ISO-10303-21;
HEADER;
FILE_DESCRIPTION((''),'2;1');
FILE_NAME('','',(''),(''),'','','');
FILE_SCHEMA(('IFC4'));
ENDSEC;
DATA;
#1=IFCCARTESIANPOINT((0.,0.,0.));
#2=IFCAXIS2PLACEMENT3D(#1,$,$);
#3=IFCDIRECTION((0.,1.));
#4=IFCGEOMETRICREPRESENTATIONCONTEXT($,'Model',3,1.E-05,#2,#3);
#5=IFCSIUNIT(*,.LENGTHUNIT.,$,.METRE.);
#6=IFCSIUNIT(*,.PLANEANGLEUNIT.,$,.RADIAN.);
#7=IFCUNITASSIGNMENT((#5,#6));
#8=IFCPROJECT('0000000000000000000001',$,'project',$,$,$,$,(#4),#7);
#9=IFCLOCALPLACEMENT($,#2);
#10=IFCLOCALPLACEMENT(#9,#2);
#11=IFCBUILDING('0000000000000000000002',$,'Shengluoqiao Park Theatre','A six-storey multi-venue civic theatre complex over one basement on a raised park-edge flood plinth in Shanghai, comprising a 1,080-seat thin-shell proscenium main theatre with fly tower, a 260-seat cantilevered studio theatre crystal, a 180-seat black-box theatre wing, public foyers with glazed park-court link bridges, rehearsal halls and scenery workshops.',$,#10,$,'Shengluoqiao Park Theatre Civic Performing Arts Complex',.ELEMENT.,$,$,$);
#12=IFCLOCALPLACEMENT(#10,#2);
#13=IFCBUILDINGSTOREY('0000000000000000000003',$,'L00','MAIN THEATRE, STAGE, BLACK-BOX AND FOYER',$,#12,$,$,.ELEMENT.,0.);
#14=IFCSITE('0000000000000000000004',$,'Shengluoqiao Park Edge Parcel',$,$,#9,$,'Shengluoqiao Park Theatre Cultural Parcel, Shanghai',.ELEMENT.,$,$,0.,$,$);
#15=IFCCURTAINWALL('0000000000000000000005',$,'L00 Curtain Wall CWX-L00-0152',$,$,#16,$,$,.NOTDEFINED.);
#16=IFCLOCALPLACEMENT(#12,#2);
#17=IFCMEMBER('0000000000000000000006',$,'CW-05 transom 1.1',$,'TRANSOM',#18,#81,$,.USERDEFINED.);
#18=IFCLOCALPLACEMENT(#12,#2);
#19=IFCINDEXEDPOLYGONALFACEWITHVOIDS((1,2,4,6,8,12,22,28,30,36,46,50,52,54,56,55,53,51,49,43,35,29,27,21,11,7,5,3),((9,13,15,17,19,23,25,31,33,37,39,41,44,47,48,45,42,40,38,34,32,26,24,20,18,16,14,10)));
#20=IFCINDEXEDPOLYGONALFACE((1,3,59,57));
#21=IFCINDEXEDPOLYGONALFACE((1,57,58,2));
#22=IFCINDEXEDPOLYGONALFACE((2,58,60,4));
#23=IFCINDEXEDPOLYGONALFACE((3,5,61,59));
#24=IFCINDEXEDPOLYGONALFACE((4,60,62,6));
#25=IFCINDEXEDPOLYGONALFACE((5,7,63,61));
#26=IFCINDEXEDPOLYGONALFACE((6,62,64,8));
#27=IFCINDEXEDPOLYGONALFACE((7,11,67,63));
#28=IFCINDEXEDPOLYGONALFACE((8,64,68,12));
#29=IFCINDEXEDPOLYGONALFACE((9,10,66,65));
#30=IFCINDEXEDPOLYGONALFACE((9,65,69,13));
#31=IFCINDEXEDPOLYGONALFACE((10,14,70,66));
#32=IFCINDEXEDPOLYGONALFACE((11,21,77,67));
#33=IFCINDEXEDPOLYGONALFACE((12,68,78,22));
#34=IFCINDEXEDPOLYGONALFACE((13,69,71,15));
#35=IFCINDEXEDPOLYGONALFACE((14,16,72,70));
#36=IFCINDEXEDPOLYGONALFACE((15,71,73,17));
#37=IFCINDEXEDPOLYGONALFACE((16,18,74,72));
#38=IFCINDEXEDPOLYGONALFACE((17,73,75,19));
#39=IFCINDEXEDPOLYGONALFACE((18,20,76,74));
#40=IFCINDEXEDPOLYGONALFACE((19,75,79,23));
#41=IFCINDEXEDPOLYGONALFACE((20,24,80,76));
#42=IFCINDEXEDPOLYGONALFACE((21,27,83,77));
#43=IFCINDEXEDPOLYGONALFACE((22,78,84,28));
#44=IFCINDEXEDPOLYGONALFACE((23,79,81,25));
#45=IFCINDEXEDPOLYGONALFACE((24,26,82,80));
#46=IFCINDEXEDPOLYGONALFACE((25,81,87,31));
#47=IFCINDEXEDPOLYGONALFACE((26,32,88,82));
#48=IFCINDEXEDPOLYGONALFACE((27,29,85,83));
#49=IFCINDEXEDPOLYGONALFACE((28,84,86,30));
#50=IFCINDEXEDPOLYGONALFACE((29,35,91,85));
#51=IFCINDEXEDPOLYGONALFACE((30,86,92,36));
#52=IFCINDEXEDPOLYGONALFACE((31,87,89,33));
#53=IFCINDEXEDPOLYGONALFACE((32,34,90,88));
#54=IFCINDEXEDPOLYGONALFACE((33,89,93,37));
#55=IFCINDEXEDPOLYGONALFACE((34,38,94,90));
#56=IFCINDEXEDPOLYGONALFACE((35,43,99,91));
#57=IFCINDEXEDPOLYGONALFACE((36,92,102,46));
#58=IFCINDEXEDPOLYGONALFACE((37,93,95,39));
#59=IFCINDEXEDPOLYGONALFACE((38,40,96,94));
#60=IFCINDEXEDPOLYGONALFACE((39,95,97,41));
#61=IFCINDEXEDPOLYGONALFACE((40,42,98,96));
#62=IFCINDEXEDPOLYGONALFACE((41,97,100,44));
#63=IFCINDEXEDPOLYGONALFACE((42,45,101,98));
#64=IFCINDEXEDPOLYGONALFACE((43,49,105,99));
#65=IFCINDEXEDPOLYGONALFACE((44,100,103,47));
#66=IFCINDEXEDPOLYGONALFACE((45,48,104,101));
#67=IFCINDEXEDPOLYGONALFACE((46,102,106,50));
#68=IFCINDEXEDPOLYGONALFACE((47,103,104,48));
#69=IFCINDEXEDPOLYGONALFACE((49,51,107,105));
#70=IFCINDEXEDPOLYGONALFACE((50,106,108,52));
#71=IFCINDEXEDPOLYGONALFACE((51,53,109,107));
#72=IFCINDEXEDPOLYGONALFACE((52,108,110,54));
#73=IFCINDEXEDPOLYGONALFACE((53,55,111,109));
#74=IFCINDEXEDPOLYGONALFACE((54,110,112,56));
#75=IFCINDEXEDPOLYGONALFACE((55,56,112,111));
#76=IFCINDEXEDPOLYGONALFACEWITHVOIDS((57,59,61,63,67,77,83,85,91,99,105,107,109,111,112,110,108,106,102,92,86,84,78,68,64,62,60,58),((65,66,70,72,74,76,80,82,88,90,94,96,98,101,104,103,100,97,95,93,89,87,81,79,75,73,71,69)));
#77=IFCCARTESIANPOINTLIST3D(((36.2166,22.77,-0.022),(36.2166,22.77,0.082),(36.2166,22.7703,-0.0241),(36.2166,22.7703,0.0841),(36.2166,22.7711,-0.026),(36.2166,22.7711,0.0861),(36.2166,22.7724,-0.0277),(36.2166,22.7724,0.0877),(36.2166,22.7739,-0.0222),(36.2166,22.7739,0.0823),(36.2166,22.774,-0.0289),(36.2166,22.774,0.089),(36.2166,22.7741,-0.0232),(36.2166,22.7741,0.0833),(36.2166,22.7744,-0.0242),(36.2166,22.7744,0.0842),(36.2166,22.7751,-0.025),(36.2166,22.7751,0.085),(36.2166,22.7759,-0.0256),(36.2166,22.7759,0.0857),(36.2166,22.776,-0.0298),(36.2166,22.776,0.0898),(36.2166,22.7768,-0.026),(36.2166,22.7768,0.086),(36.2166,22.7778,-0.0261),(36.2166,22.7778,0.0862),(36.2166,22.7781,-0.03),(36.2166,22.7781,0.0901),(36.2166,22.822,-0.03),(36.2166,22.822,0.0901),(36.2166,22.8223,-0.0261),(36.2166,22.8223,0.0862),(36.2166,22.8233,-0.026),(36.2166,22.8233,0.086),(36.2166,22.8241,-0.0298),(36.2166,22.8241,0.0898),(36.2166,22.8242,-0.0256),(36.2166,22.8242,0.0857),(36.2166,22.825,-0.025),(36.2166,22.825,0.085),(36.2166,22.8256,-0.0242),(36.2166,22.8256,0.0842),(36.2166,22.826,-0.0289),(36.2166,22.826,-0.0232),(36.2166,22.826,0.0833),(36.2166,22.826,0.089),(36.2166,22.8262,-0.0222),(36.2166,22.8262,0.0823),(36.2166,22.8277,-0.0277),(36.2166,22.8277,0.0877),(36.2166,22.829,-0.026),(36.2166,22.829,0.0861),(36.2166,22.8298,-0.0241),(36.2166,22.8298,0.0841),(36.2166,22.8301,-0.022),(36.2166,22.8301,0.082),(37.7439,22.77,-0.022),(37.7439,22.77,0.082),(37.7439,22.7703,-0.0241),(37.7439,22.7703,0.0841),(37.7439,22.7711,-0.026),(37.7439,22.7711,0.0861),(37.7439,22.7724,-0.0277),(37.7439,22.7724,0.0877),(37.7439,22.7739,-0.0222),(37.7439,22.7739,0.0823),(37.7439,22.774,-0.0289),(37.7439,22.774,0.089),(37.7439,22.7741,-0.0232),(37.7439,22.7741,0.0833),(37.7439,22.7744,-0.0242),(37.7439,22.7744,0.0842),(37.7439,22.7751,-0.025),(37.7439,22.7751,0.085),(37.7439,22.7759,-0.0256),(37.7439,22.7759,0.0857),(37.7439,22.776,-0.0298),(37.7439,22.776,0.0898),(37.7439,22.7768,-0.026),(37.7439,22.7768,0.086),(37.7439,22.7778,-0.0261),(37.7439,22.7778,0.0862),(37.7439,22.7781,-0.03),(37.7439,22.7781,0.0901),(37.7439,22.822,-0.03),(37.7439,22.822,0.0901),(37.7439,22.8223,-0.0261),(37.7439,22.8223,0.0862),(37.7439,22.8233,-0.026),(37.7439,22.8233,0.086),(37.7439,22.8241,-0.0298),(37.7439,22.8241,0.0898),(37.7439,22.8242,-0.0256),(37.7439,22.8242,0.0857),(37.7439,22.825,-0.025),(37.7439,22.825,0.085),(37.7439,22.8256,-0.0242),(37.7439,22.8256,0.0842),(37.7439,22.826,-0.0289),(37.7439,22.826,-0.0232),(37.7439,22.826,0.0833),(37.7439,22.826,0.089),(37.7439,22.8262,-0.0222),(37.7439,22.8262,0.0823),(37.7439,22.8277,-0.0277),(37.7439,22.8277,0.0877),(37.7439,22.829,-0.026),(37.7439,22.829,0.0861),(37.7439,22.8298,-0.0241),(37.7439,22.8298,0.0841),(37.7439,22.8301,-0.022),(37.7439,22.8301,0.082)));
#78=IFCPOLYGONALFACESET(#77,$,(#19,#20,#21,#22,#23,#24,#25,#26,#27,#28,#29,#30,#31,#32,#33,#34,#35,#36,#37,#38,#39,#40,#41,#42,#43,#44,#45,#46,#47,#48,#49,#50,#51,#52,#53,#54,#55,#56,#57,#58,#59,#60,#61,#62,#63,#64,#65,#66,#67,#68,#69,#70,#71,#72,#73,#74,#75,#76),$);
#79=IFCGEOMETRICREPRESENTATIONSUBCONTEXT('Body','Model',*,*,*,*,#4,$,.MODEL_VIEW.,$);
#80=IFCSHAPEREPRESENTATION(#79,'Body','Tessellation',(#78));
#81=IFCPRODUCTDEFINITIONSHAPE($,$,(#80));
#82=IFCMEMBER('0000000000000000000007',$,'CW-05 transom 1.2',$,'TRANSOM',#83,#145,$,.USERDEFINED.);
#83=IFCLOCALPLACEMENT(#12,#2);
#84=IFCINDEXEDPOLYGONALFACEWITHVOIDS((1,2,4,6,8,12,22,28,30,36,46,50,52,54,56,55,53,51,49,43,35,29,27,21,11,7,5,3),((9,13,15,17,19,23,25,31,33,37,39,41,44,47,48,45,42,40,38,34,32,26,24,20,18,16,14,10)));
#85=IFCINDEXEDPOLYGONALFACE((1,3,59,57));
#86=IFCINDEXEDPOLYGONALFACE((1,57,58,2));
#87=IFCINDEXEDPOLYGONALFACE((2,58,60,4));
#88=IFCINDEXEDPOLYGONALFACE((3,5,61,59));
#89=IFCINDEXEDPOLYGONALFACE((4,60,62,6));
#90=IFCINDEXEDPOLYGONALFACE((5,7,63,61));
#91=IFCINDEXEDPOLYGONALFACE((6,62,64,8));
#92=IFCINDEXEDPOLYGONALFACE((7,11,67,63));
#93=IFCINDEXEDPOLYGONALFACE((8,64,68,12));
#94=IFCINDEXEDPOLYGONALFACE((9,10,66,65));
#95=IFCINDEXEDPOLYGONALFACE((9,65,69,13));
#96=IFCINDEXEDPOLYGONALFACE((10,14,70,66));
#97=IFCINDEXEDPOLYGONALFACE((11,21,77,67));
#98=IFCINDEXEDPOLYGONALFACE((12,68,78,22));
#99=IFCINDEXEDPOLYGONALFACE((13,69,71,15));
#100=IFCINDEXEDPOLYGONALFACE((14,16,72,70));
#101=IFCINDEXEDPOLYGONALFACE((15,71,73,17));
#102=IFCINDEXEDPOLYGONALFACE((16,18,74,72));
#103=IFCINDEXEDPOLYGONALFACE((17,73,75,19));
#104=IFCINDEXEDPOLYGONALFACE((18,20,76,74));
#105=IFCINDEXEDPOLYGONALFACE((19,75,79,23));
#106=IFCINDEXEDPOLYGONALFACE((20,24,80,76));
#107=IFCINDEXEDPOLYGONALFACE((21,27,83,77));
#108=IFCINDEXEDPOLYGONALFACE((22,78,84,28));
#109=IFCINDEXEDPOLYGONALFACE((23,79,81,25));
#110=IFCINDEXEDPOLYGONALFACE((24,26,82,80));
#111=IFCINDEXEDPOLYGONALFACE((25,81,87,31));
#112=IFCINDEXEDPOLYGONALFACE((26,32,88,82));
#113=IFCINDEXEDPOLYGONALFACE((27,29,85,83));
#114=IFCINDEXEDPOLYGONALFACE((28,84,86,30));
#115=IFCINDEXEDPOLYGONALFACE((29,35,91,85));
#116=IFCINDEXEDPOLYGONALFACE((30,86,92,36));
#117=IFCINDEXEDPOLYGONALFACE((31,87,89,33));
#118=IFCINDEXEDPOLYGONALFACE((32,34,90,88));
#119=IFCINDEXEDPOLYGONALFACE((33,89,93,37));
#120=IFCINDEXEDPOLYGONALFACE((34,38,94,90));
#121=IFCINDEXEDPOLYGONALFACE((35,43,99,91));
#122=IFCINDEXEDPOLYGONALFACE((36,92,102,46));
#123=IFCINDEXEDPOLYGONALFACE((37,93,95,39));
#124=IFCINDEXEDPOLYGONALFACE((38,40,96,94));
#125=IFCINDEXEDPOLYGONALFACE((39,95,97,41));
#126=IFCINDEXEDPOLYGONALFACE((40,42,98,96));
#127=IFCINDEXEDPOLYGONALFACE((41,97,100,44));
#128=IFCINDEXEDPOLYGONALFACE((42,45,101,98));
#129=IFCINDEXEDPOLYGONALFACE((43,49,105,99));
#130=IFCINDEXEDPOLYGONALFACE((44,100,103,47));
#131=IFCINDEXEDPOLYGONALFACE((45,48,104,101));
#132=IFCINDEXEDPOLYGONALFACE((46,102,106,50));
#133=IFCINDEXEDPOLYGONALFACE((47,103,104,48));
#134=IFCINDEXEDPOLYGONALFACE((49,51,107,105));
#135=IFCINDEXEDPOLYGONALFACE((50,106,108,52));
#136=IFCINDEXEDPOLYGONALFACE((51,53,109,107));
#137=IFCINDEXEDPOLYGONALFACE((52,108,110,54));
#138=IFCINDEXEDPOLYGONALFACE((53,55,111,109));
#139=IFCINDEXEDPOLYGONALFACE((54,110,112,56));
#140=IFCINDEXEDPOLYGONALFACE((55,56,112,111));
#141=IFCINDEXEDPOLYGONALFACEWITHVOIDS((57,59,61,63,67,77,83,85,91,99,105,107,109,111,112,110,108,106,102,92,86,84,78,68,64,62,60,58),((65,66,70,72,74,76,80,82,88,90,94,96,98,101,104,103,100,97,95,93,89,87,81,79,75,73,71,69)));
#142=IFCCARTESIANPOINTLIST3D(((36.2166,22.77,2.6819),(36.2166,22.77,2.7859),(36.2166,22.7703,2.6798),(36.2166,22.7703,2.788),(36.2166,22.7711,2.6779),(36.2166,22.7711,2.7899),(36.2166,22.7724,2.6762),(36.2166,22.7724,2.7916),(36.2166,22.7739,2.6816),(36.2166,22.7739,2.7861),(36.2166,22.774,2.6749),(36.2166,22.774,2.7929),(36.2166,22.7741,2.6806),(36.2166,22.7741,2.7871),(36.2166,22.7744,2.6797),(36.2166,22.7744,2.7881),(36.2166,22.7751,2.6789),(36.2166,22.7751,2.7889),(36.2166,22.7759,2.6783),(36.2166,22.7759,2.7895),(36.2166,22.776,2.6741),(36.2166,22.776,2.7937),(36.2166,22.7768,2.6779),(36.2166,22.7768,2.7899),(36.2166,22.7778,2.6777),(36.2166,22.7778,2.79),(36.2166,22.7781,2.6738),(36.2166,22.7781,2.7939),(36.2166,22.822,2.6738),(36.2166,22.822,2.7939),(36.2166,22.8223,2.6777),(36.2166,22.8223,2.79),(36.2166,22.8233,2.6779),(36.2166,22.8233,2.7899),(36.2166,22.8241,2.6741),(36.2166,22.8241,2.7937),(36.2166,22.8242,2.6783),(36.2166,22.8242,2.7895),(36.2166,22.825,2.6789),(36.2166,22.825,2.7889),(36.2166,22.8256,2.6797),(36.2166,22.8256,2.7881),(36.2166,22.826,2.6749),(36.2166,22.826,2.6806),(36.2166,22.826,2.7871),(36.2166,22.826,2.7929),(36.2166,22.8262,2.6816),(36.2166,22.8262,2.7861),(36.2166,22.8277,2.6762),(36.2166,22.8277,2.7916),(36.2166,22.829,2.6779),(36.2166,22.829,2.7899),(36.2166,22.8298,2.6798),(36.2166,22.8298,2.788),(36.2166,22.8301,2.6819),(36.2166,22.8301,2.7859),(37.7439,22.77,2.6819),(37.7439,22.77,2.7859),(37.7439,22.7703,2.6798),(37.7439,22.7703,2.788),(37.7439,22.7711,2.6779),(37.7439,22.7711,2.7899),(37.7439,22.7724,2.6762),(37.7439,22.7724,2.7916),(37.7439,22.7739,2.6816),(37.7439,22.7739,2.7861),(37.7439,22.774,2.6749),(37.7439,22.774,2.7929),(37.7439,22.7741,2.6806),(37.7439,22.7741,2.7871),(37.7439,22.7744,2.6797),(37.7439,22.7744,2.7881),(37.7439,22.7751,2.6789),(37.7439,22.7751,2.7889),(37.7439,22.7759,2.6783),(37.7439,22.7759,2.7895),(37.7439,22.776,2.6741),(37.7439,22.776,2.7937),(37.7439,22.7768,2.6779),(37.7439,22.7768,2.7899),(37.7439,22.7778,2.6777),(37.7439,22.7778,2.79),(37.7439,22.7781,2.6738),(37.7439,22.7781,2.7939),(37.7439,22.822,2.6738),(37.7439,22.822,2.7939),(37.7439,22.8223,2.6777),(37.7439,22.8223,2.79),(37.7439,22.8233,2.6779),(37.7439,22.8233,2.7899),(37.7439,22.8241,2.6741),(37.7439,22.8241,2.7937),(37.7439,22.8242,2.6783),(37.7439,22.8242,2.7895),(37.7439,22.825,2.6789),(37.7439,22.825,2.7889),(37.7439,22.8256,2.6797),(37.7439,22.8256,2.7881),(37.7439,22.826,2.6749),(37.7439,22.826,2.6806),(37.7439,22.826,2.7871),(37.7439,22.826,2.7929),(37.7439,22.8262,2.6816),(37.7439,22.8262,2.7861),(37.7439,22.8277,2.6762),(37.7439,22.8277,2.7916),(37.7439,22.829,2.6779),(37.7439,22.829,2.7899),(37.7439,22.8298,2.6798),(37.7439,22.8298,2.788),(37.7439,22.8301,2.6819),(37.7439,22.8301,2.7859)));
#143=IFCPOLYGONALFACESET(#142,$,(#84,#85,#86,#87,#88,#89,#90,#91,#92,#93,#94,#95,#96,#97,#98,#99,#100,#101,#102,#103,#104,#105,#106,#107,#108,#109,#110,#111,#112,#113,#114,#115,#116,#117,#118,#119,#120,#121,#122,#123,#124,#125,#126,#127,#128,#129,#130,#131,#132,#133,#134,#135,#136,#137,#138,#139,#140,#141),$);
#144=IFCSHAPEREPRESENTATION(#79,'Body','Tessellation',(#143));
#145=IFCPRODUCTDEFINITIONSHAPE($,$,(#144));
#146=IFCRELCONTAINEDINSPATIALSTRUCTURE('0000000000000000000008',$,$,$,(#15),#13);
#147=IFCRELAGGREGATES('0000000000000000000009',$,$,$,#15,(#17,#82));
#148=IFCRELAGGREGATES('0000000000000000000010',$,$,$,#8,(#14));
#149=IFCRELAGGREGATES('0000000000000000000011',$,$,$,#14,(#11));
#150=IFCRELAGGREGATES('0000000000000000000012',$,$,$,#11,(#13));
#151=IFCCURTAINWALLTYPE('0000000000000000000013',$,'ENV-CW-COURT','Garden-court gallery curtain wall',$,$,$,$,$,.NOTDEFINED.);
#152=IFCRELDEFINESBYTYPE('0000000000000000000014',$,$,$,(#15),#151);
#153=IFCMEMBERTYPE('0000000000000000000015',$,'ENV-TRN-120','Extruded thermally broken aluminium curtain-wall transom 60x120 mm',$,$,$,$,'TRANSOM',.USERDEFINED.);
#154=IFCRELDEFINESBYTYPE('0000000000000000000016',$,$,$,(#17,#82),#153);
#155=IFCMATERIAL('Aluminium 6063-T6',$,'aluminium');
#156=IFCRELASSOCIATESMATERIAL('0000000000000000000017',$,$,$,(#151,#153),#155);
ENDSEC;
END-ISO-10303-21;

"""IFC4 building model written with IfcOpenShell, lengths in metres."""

from ifc_helpers import new_model, si_unit, direction, frame, origin, origin_2d, place, context, subcontext, project, spatial, hollow_rectangle, extrude, material, material_profile, profile_set, type_object, element, aggregate, save


model = new_model("IFC4")

# Units and contexts
model_context = context("Model", 3, precision=1e-05, world=origin(), true_north=direction((0.0, 1.0)))
body_context = subcontext(model_context, "Body", "Model", "MODEL_VIEW")
ifc_project = project(units=[si_unit("LENGTHUNIT", "METRE"), si_unit("PLANEANGLEUNIT", "RADIAN")], contexts=[model_context])

# Site, building, storey
site_placement = place(None, origin())
site = spatial("IfcSite", under=ifc_project, at=site_placement, Name="Shengluoqiao Park Edge Parcel", LongName="Shengluoqiao Park Theatre Cultural Parcel, Shanghai", CompositionType="ELEMENT", RefElevation=0.0)
building_placement = place(site_placement, origin())
building = spatial("IfcBuilding", under=site, at=building_placement, Name="Shengluoqiao Park Theatre", Description="A six-storey multi-venue civic theatre complex over one basement on a raised park-edge flood plinth in Shanghai, comprising a 1,080-seat thin-shell proscenium main theatre with fly tower, a 260-seat cantilevered studio theatre crystal, a 180-seat black-box theatre wing, public foyers with glazed park-court link bridges, rehearsal halls and scenery workshops.", LongName="Shengluoqiao Park Theatre Civic Performing Arts Complex", CompositionType="ELEMENT")
storey_placement = place(building_placement, origin())
storey = spatial("IfcBuildingStorey", under=building, at=storey_placement, Name="L00", Description="MAIN THEATRE, STAGE, BLACK-BOX AND FOYER", CompositionType="ELEMENT", Elevation=0.0)

# Curtain wall
ifc_material_1 = material(Name="Aluminium 6063-T6", Category="aluminium")
curtain_wall_type = type_object("IfcCurtainWallType", Name="ENV-CW-COURT", Description="Garden-court gallery curtain wall", PredefinedType="NOTDEFINED", material=ifc_material_1)
curtain_wall_1_placement = place(storey_placement, origin())
curtain_wall_1 = element("IfcCurtainWall", 1, at=curtain_wall_1_placement, inside=storey, type_object=curtain_wall_type, Name="L00 Curtain Wall CWX-L00-0152", PredefinedType="NOTDEFINED")

# Shared definitions
ifc_material_profile_1 = material_profile(ifc_material_1, hollow_rectangle(XDim=0.0601, YDim=0.1201, WallThickness=0.0039, InnerFilletRadius=0.0039, OuterFilletRadius=0.0081, at=origin_2d()), Name="ALU TRANSOM 120x60x4")
ifc_profile_set_1 = profile_set([ifc_material_profile_1], Name="Aluminium 6063-T6")
member_type_1 = type_object("IfcMemberType", Name="ENV-TRN-120", Description="Extruded thermally broken aluminium curtain-wall transom 60x120 mm", ElementType="TRANSOM", PredefinedType="USERDEFINED", material=ifc_profile_set_1)

# Members
member_1_placement = place(storey_placement, frame((36.2166, 22.8, 0.03), z_axis=(1.0, 0.0, 0.0), x_axis=(0.0, 1.0, 0.0)))
member_1 = element("IfcMember", 2, at=member_1_placement, type_object=member_type_1, Name="CW-05 transom 1.1", ObjectType="TRANSOM", PredefinedType="USERDEFINED", context=body_context, shape_type="SweptSolid", body=[
    extrude(hollow_rectangle(XDim=0.0601, YDim=0.1201, WallThickness=0.0039, InnerFilletRadius=0.0039, OuterFilletRadius=0.0081, at=origin_2d()), origin(), (0.0, 0.0, 1.0), 1.5273),
])
member_2_placement = place(storey_placement, frame((36.2166, 22.8, 2.7339), z_axis=(1.0, 0.0, 0.0), x_axis=(0.0, 1.0, 0.0)))
member_2 = element("IfcMember", 3, at=member_2_placement, type_object=member_type_1, Name="CW-05 transom 1.2", ObjectType="TRANSOM", PredefinedType="USERDEFINED", context=body_context, shape_type="SweptSolid", body=[
    extrude(hollow_rectangle(XDim=0.0601, YDim=0.1201, WallThickness=0.0039, InnerFilletRadius=0.0039, OuterFilletRadius=0.0081, at=origin_2d()), origin(), (0.0, 0.0, 1.0), 1.5273),
])

aggregate(curtain_wall_1, [member_1, member_2])

save(model, "model.ifc")
